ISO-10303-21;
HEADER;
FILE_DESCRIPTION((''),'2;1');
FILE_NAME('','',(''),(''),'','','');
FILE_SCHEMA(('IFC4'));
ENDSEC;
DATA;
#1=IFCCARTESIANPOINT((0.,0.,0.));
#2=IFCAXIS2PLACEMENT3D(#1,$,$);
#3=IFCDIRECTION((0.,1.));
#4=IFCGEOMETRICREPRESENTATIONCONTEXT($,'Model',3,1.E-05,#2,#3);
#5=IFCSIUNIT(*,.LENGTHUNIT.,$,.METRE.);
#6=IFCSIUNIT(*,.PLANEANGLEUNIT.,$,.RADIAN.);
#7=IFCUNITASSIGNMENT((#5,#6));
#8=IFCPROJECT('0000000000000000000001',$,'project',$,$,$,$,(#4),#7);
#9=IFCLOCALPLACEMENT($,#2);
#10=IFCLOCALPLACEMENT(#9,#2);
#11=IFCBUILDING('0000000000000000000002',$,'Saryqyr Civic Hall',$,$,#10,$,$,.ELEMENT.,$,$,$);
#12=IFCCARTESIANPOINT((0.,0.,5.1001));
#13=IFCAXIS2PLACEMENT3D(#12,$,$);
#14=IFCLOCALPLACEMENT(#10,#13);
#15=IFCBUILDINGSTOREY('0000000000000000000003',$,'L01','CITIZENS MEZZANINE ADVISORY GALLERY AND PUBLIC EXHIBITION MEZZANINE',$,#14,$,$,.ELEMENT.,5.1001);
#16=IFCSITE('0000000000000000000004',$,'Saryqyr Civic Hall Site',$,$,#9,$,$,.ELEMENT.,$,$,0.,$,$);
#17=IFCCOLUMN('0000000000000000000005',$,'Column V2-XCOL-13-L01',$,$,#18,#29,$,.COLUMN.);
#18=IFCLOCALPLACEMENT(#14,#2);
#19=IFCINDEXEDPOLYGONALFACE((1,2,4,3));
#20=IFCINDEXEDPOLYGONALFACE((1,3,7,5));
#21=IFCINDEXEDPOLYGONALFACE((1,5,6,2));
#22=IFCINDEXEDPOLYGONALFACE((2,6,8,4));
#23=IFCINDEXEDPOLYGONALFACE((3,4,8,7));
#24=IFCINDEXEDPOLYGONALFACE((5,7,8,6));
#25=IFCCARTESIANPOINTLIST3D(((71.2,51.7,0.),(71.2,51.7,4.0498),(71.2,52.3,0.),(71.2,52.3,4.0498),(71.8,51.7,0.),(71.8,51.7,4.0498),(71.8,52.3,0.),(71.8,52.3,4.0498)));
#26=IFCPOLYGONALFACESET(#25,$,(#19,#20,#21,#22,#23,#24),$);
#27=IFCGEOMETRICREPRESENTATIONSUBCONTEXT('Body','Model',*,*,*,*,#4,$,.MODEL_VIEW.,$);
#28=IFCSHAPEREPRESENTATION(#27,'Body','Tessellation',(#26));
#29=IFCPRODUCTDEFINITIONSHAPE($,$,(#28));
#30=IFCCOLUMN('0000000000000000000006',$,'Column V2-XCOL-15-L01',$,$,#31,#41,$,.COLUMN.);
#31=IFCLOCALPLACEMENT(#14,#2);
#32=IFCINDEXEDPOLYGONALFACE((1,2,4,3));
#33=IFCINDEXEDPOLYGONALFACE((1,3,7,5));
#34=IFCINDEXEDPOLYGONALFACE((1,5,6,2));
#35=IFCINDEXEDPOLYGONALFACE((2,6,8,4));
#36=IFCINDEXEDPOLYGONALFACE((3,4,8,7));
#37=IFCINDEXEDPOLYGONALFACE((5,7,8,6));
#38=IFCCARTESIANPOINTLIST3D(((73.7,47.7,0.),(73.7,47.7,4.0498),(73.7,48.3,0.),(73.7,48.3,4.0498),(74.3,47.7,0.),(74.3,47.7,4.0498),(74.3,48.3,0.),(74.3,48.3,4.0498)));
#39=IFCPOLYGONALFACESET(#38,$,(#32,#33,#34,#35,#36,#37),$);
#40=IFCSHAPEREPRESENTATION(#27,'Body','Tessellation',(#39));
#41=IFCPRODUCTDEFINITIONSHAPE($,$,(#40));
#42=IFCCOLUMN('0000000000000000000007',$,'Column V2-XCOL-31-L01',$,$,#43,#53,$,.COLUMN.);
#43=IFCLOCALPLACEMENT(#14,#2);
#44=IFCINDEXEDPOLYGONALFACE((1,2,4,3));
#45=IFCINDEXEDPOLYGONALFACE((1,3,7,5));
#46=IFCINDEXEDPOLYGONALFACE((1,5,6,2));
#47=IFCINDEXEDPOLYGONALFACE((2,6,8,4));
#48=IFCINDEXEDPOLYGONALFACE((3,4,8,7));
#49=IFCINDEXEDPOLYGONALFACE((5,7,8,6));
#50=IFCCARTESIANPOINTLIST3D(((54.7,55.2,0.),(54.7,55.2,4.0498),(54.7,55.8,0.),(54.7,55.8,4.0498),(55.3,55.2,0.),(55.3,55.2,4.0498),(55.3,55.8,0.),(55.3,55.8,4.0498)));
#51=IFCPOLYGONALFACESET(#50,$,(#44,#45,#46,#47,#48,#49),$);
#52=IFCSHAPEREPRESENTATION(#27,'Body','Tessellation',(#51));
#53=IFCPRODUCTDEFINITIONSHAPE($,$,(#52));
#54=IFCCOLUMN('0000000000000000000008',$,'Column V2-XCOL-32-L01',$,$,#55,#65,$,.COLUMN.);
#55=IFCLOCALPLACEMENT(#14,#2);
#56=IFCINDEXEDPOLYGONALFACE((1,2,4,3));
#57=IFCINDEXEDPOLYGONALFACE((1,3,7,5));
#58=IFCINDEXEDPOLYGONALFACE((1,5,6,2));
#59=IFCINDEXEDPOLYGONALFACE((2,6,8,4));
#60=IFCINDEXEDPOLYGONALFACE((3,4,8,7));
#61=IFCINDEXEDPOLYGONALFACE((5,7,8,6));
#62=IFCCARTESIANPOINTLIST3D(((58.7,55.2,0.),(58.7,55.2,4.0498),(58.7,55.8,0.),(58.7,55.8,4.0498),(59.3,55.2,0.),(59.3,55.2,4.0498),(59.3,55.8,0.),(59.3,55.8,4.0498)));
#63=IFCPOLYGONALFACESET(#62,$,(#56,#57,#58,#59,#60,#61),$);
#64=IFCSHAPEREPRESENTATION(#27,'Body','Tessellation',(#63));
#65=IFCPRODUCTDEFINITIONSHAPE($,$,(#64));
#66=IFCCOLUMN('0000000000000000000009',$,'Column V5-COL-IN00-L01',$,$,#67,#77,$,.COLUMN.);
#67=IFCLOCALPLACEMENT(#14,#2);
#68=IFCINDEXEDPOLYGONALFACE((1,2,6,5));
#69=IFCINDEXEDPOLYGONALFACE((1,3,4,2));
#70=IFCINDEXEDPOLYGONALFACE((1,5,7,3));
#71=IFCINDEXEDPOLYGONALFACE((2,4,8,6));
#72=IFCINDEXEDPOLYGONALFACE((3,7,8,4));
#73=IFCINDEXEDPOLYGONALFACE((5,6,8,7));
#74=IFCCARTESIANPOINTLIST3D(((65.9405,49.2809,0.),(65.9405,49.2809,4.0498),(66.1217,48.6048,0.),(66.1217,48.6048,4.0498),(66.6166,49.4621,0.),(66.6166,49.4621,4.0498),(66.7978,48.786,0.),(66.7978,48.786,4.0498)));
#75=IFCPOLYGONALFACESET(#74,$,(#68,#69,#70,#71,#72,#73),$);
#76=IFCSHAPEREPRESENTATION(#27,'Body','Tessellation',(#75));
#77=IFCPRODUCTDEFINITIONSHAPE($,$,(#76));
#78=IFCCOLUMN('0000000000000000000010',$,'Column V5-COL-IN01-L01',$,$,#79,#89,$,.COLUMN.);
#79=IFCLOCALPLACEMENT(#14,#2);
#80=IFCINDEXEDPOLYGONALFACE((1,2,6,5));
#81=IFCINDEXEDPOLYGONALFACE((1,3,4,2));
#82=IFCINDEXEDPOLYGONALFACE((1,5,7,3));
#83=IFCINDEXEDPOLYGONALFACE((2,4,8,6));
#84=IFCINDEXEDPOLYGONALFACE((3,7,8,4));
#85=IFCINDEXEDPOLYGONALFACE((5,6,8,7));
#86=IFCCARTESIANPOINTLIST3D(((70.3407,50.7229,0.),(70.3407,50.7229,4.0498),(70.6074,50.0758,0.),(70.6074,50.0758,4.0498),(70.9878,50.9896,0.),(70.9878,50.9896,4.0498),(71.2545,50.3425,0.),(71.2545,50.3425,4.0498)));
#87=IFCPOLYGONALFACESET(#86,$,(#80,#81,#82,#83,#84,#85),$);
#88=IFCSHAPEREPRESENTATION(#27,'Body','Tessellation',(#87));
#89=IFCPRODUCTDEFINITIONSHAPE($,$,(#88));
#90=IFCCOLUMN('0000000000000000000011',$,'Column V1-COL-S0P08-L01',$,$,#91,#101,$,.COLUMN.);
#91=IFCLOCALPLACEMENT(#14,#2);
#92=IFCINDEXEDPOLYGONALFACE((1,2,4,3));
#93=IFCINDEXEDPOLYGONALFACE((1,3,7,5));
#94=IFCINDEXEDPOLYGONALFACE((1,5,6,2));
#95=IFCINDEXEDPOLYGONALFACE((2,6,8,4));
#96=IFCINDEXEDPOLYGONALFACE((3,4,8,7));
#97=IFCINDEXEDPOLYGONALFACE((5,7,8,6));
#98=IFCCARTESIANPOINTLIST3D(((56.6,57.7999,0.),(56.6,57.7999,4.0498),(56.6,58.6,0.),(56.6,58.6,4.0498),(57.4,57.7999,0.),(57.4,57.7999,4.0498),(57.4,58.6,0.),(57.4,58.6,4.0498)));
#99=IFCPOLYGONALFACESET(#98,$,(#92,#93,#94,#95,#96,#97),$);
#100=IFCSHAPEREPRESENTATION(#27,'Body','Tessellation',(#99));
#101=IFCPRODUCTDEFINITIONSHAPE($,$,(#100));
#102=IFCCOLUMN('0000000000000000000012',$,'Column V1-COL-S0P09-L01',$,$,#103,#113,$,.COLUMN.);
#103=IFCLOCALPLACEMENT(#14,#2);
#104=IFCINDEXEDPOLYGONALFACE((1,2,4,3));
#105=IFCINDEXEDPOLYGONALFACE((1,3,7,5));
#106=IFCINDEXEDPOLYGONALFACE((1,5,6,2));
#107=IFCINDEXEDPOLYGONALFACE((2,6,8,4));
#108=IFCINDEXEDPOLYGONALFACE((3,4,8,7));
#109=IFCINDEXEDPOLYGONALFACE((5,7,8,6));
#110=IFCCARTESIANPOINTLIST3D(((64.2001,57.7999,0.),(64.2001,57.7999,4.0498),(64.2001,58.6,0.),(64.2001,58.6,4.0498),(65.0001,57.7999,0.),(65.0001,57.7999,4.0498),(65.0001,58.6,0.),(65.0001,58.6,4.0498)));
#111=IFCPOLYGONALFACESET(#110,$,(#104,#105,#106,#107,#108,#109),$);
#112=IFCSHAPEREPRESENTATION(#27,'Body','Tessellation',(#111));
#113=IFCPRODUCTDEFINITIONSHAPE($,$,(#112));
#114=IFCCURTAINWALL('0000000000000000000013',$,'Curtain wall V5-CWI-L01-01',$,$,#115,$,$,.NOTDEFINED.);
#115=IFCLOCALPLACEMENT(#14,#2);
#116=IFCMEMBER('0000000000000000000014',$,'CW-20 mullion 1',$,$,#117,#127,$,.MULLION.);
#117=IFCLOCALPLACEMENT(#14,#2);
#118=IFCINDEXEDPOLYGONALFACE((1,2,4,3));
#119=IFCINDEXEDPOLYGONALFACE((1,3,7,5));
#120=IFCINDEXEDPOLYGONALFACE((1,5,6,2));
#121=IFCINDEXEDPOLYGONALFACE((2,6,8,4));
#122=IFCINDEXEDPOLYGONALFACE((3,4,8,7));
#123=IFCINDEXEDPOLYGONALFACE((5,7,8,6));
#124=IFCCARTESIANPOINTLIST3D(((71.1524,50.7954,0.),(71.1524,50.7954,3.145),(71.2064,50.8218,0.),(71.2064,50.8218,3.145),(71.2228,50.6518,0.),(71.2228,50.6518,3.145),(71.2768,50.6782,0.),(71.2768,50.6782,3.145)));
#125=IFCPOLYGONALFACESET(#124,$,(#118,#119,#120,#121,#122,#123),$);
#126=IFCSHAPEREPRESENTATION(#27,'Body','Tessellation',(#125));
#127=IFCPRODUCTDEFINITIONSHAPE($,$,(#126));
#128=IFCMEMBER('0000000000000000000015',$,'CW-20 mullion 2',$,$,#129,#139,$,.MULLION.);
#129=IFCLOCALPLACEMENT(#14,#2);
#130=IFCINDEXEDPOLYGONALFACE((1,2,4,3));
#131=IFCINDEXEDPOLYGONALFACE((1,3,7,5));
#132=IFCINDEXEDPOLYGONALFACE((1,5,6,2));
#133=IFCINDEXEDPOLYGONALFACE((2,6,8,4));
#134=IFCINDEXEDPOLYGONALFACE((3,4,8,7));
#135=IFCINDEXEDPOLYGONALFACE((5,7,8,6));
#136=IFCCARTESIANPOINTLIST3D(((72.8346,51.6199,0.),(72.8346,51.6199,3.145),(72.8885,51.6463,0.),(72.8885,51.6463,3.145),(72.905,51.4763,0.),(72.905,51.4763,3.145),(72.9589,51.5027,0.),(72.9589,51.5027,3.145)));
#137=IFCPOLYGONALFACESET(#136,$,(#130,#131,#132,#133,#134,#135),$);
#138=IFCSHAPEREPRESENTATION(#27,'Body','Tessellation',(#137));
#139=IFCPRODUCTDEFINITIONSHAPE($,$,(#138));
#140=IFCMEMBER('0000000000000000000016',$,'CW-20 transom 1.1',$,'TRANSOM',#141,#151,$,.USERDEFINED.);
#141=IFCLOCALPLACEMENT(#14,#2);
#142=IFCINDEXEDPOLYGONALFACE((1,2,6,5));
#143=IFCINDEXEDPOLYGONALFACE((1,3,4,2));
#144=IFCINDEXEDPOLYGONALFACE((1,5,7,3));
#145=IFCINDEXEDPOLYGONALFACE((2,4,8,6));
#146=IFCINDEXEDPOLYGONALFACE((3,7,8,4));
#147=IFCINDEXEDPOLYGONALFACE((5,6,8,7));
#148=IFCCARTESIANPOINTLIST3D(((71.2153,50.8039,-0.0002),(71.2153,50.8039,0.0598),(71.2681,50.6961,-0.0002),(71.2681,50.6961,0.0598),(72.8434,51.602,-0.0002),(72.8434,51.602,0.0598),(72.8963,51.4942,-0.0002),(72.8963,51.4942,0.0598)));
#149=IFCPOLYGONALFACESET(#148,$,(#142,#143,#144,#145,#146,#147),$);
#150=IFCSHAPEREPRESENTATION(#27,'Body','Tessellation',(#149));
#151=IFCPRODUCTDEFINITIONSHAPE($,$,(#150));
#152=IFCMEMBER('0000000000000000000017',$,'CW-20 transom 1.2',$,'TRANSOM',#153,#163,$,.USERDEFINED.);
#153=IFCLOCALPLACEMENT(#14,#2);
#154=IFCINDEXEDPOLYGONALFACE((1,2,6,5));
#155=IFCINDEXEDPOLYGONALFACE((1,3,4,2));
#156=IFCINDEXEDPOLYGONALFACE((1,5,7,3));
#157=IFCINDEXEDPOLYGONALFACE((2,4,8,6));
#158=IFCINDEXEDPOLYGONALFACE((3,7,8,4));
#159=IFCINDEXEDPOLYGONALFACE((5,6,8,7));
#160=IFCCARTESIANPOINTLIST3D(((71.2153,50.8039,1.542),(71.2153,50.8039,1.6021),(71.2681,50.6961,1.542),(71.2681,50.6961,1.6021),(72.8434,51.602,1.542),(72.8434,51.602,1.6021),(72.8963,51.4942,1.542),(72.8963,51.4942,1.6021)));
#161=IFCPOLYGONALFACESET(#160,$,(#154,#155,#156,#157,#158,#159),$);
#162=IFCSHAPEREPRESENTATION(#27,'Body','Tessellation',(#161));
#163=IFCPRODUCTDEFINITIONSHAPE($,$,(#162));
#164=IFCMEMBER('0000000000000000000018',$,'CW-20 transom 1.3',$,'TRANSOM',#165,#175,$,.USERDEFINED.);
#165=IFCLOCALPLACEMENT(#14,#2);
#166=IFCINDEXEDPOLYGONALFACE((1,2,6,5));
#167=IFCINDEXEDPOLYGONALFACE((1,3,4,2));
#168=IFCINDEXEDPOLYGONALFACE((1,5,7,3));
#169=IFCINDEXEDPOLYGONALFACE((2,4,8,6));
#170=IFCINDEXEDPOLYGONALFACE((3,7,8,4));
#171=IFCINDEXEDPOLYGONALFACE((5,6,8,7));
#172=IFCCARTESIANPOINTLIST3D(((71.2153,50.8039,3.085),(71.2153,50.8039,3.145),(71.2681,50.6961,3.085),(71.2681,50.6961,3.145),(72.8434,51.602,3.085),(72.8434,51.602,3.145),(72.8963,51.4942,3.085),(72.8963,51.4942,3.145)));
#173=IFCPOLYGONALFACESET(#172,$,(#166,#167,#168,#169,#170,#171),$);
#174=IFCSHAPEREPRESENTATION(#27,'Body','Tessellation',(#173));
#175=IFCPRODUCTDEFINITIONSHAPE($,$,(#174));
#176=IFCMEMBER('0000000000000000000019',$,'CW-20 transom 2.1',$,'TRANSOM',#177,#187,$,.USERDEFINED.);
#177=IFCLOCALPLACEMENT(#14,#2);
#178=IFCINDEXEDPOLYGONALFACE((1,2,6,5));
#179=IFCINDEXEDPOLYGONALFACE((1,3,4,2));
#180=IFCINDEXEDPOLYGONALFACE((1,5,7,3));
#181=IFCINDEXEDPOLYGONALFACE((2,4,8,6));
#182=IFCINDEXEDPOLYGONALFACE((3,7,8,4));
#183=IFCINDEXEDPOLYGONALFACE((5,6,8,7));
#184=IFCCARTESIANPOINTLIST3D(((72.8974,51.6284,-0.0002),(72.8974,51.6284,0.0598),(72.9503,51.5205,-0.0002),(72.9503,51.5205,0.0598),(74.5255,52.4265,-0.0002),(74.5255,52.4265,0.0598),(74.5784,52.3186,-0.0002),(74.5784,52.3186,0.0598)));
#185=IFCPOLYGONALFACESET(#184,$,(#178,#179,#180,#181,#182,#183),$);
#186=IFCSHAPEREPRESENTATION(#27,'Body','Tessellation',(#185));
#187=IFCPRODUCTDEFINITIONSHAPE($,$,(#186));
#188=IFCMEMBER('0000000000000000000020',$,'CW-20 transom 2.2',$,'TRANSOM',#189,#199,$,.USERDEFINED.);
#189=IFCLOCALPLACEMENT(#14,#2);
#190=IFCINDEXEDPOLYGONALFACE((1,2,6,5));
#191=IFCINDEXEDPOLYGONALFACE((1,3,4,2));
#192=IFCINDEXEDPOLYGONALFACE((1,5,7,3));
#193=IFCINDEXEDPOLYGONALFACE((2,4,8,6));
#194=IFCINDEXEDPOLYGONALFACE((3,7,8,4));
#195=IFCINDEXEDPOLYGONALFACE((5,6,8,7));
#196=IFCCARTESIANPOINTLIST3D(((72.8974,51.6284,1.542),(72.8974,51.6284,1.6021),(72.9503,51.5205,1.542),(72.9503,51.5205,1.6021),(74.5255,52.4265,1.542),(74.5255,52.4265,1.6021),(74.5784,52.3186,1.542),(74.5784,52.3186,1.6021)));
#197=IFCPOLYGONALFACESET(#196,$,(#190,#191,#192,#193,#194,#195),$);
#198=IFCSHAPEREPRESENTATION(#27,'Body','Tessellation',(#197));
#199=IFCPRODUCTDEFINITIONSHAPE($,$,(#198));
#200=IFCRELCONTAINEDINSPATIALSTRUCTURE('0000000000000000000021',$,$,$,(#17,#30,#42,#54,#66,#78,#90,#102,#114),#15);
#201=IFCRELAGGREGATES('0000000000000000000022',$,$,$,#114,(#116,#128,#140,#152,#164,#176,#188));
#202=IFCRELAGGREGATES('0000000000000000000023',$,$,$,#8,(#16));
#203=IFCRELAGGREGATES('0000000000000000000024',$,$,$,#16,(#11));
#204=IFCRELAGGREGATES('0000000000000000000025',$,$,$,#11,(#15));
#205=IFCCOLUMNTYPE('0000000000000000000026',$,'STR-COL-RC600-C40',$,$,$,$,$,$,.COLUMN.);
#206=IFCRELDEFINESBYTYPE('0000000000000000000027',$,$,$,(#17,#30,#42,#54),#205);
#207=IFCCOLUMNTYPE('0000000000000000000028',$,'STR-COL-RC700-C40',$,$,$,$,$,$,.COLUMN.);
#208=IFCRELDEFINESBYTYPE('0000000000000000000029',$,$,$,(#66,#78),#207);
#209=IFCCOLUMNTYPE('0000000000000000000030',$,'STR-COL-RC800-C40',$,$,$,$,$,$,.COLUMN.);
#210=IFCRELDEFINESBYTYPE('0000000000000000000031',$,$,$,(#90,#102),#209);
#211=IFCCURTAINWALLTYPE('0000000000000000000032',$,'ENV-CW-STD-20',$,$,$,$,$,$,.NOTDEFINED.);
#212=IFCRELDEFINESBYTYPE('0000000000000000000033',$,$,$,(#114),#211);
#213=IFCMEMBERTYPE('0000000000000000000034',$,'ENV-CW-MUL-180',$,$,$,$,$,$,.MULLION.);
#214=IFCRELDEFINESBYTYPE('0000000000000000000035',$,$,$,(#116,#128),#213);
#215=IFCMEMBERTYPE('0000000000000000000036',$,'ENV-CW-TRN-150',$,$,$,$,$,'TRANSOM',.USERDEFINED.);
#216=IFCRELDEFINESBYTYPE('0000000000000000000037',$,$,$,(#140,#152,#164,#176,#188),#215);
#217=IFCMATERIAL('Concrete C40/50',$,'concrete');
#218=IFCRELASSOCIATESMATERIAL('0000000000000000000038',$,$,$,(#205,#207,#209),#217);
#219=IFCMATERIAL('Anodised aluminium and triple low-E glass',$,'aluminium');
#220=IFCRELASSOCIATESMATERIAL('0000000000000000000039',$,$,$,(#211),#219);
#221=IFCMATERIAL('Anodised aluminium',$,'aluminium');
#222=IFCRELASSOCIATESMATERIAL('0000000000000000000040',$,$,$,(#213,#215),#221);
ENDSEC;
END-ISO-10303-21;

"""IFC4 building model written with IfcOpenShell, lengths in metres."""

from ifc_helpers import new_model, si_unit, direction, frame, origin, origin_2d, place, context, subcontext, project, spatial, rectangle, extrude, material, material_profile, profile_set, type_object, element, aggregate, save


model = new_model("IFC4")

# Units and contexts
model_context = context("Model", 3, precision=1e-05, world=origin(), true_north=direction((0.0, 1.0)))
body_context = subcontext(model_context, "Body", "Model", "MODEL_VIEW")
ifc_project = project(units=[si_unit("LENGTHUNIT", "METRE"), si_unit("PLANEANGLEUNIT", "RADIAN")], contexts=[model_context])

# Site, building, storey
site_placement = place(None, origin())
site = spatial("IfcSite", under=ifc_project, at=site_placement, Name="Saryqyr Civic Hall Site", CompositionType="ELEMENT", RefElevation=0.0)
building_placement = place(site_placement, origin())
building = spatial("IfcBuilding", under=site, at=building_placement, Name="Saryqyr Civic Hall", CompositionType="ELEMENT")
storey_placement = place(building_placement, frame((0.0, 0.0, 5.1001)))
storey = spatial("IfcBuildingStorey", under=building, at=storey_placement, Name="L01", Description="CITIZENS MEZZANINE ADVISORY GALLERY AND PUBLIC EXHIBITION MEZZANINE", CompositionType="ELEMENT", Elevation=5.1001)

# Columns
ifc_material_1 = material(Name="Concrete C40/50", Category="concrete")
ifc_material_profile_1 = material_profile(ifc_material_1, rectangle(XDim=0.6001, YDim=0.6001, at=origin_2d()), Name="RC 600x600")
ifc_profile_set_1 = profile_set([ifc_material_profile_1], Name="Concrete C40/50")
column_type_1 = type_object("IfcColumnType", Name="STR-COL-RC600-C40", PredefinedType="COLUMN", material=ifc_profile_set_1)
for number, where, z_axis, x_axis, name in (
    (1, (71.5, 52.0, 0.0), (0.0, 0.0, 1.0), (1.0, 0.0, 0.0), "Column V2-XCOL-13-L01"),
    (2, (74.0, 48.0, 0.0), (0.0, 0.0, 1.0), (1.0, 0.0, 0.0), "Column V2-XCOL-15-L01"),
    (3, (55.0, 55.5, 0.0), (0.0, 0.0, 1.0), (1.0, 0.0, 0.0), "Column V2-XCOL-31-L01"),
    (4, (59.0, 55.5, 0.0), (0.0, 0.0, 1.0), (1.0, 0.0, 0.0), "Column V2-XCOL-32-L01"),
):
    element("IfcColumn", number, at=place(storey_placement, frame(where, z_axis=z_axis, x_axis=x_axis)), inside=storey, type_object=column_type_1, Name=name, PredefinedType="COLUMN", context=body_context, shape_type="SweptSolid", body=[
        extrude(rectangle(XDim=0.6001, YDim=0.6001, at=origin_2d()), origin(), (0.0, 0.0, 1.0), 4.0498),
    ])
ifc_material_profile_2 = material_profile(ifc_material_1, rectangle(XDim=0.7, YDim=0.7, at=origin_2d()), Name="RC 700x700")
ifc_profile_set_2 = profile_set([ifc_material_profile_2], Name="Concrete C40/50")
column_type_2 = type_object("IfcColumnType", Name="STR-COL-RC700-C40", PredefinedType="COLUMN", material=ifc_profile_set_2)
for number, where, z_axis, x_axis, name in (
    (5, (66.3691, 49.0334, 0.0), (0.0, 0.0, 1.0), (0.258819, -0.965926, 0.0), "Column V5-COL-IN00-L01"),
    (6, (70.7976, 50.5327, 0.0), (0.0, 0.0, 1.0), (0.38107, -0.924546, 0.0), "Column V5-COL-IN01-L01"),
):
    element("IfcColumn", number, at=place(storey_placement, frame(where, z_axis=z_axis, x_axis=x_axis)), inside=storey, type_object=column_type_2, Name=name, PredefinedType="COLUMN", context=body_context, shape_type="SweptSolid", body=[
        extrude(rectangle(XDim=0.7, YDim=0.7, at=origin_2d()), origin(), (0.0, 0.0, 1.0), 4.0498),
    ])
ifc_material_profile_3 = material_profile(ifc_material_1, rectangle(XDim=0.8, YDim=0.8, at=origin_2d()), Name="RC 800x800")
ifc_profile_set_3 = profile_set([ifc_material_profile_3], Name="Concrete C40/50")
column_type_3 = type_object("IfcColumnType", Name="STR-COL-RC800-C40", PredefinedType="COLUMN", material=ifc_profile_set_3)
for number, where, z_axis, x_axis, name in (
    (7, (57.0, 58.2, 0.0), (0.0, 0.0, 1.0), (1.0, 0.0, 0.0), "Column V1-COL-S0P08-L01"),
    (8, (64.6001, 58.2, 0.0), (0.0, 0.0, 1.0), (1.0, 0.0, 0.0), "Column V1-COL-S0P09-L01"),
):
    element("IfcColumn", number, at=place(storey_placement, frame(where, z_axis=z_axis, x_axis=x_axis)), inside=storey, type_object=column_type_3, Name=name, PredefinedType="COLUMN", context=body_context, shape_type="SweptSolid", body=[
        extrude(rectangle(XDim=0.8, YDim=0.8, at=origin_2d()), origin(), (0.0, 0.0, 1.0), 4.0498),
    ])

# Curtain wall, members
ifc_material_2 = material(Name="Anodised aluminium and triple low-E glass", Category="aluminium")
curtain_wall_type = type_object("IfcCurtainWallType", Name="ENV-CW-STD-20", PredefinedType="NOTDEFINED", material=ifc_material_2)
curtain_wall_placement = place(storey_placement, origin())
curtain_wall = element("IfcCurtainWall", 9, at=curtain_wall_placement, inside=storey, type_object=curtain_wall_type, Name="Curtain wall V5-CWI-L01-01", PredefinedType="NOTDEFINED")
ifc_material_3 = material(Name="Anodised aluminium", Category="aluminium")
ifc_material_profile_4 = material_profile(ifc_material_3, rectangle(XDim=0.0601, YDim=0.1599, at=origin_2d()), Name="ALU MULLION 60x160")
ifc_profile_set_4 = profile_set([ifc_material_profile_4], Name="Anodised aluminium")
member_type_1 = type_object("IfcMemberType", Name="ENV-CW-MUL-180", PredefinedType="MULLION", material=ifc_profile_set_4)
member_1_placement = place(storey_placement, frame((71.2146, 50.7368, 0.0), z_axis=(0.0, 0.0, 1.0), x_axis=(0.897961, 0.440075, 0.0)))
member_1 = element("IfcMember", 10, at=member_1_placement, type_object=member_type_1, Name="CW-20 mullion 1", PredefinedType="MULLION", context=body_context, shape_type="SweptSolid", body=[
    extrude(rectangle(XDim=0.0601, YDim=0.1599, at=origin_2d()), origin(), (0.0, 0.0, 1.0), 3.145),
])
member_2_placement = place(storey_placement, frame((72.8967, 51.5613, 0.0), z_axis=(0.0, 0.0, 1.0), x_axis=(0.897961, 0.440075, 0.0)))
member_2 = element("IfcMember", 11, at=member_2_placement, type_object=member_type_1, Name="CW-20 mullion 2", PredefinedType="MULLION", context=body_context, shape_type="SweptSolid", body=[
    extrude(rectangle(XDim=0.0601, YDim=0.1599, at=origin_2d()), origin(), (0.0, 0.0, 1.0), 3.145),
])
ifc_material_profile_5 = material_profile(ifc_material_3, rectangle(XDim=0.1201, YDim=0.0601, at=origin_2d()), Name="ALU TRANSOM 120x60")
ifc_profile_set_5 = profile_set([ifc_material_profile_5], Name="Anodised aluminium")
member_type_2 = type_object("IfcMemberType", Name="ENV-CW-TRN-150", ElementType="TRANSOM", PredefinedType="USERDEFINED", material=ifc_profile_set_5)
member_3_placement = place(storey_placement, frame((71.2417, 50.75, 0.0298), z_axis=(0.897927, 0.440144, 0.0), x_axis=(-0.440144, 0.897927, 0.0)))
member_3 = element("IfcMember", 12, at=member_3_placement, type_object=member_type_2, Name="CW-20 transom 1.1", ObjectType="TRANSOM", PredefinedType="USERDEFINED", context=body_context, shape_type="SweptSolid", body=[
    extrude(rectangle(XDim=0.1201, YDim=0.0601, at=origin_2d()), origin(), (0.0, 0.0, 1.0), 1.8132),
])
member_4_placement = place(storey_placement, frame((71.2417, 50.75, 1.572), z_axis=(0.897927, 0.440144, 0.0), x_axis=(-0.440144, 0.897927, 0.0)))
member_4 = element("IfcMember", 13, at=member_4_placement, type_object=member_type_2, Name="CW-20 transom 1.2", ObjectType="TRANSOM", PredefinedType="USERDEFINED", context=body_context, shape_type="SweptSolid", body=[
    extrude(rectangle(XDim=0.1201, YDim=0.0601, at=origin_2d()), origin(), (0.0, 0.0, 1.0), 1.8132),
])
member_5_placement = place(storey_placement, frame((71.2417, 50.75, 3.115), z_axis=(0.897927, 0.440144, 0.0), x_axis=(-0.440144, 0.897927, 0.0)))
member_5 = element("IfcMember", 14, at=member_5_placement, type_object=member_type_2, Name="CW-20 transom 1.3", ObjectType="TRANSOM", PredefinedType="USERDEFINED", context=body_context, shape_type="SweptSolid", body=[
    extrude(rectangle(XDim=0.1201, YDim=0.0601, at=origin_2d()), origin(), (0.0, 0.0, 1.0), 1.8132),
])
member_6_placement = place(storey_placement, frame((72.9238, 51.5745, 0.0298), z_axis=(0.897927, 0.440144, 0.0), x_axis=(-0.440144, 0.897927, 0.0)))
member_6 = element("IfcMember", 15, at=member_6_placement, type_object=member_type_2, Name="CW-20 transom 2.1", ObjectType="TRANSOM", PredefinedType="USERDEFINED", context=body_context, shape_type="SweptSolid", body=[
    extrude(rectangle(XDim=0.1201, YDim=0.0601, at=origin_2d()), origin(), (0.0, 0.0, 1.0), 1.8132),
])
member_7_placement = place(storey_placement, frame((72.9238, 51.5745, 1.572), z_axis=(0.897927, 0.440144, 0.0), x_axis=(-0.440144, 0.897927, 0.0)))
member_7 = element("IfcMember", 16, at=member_7_placement, type_object=member_type_2, Name="CW-20 transom 2.2", ObjectType="TRANSOM", PredefinedType="USERDEFINED", context=body_context, shape_type="SweptSolid", body=[
    extrude(rectangle(XDim=0.1201, YDim=0.0601, at=origin_2d()), origin(), (0.0, 0.0, 1.0), 1.8132),
])

aggregate(curtain_wall, [member_1, member_2, member_3, member_4, member_5, member_6, member_7])

save(model, "model.ifc")
